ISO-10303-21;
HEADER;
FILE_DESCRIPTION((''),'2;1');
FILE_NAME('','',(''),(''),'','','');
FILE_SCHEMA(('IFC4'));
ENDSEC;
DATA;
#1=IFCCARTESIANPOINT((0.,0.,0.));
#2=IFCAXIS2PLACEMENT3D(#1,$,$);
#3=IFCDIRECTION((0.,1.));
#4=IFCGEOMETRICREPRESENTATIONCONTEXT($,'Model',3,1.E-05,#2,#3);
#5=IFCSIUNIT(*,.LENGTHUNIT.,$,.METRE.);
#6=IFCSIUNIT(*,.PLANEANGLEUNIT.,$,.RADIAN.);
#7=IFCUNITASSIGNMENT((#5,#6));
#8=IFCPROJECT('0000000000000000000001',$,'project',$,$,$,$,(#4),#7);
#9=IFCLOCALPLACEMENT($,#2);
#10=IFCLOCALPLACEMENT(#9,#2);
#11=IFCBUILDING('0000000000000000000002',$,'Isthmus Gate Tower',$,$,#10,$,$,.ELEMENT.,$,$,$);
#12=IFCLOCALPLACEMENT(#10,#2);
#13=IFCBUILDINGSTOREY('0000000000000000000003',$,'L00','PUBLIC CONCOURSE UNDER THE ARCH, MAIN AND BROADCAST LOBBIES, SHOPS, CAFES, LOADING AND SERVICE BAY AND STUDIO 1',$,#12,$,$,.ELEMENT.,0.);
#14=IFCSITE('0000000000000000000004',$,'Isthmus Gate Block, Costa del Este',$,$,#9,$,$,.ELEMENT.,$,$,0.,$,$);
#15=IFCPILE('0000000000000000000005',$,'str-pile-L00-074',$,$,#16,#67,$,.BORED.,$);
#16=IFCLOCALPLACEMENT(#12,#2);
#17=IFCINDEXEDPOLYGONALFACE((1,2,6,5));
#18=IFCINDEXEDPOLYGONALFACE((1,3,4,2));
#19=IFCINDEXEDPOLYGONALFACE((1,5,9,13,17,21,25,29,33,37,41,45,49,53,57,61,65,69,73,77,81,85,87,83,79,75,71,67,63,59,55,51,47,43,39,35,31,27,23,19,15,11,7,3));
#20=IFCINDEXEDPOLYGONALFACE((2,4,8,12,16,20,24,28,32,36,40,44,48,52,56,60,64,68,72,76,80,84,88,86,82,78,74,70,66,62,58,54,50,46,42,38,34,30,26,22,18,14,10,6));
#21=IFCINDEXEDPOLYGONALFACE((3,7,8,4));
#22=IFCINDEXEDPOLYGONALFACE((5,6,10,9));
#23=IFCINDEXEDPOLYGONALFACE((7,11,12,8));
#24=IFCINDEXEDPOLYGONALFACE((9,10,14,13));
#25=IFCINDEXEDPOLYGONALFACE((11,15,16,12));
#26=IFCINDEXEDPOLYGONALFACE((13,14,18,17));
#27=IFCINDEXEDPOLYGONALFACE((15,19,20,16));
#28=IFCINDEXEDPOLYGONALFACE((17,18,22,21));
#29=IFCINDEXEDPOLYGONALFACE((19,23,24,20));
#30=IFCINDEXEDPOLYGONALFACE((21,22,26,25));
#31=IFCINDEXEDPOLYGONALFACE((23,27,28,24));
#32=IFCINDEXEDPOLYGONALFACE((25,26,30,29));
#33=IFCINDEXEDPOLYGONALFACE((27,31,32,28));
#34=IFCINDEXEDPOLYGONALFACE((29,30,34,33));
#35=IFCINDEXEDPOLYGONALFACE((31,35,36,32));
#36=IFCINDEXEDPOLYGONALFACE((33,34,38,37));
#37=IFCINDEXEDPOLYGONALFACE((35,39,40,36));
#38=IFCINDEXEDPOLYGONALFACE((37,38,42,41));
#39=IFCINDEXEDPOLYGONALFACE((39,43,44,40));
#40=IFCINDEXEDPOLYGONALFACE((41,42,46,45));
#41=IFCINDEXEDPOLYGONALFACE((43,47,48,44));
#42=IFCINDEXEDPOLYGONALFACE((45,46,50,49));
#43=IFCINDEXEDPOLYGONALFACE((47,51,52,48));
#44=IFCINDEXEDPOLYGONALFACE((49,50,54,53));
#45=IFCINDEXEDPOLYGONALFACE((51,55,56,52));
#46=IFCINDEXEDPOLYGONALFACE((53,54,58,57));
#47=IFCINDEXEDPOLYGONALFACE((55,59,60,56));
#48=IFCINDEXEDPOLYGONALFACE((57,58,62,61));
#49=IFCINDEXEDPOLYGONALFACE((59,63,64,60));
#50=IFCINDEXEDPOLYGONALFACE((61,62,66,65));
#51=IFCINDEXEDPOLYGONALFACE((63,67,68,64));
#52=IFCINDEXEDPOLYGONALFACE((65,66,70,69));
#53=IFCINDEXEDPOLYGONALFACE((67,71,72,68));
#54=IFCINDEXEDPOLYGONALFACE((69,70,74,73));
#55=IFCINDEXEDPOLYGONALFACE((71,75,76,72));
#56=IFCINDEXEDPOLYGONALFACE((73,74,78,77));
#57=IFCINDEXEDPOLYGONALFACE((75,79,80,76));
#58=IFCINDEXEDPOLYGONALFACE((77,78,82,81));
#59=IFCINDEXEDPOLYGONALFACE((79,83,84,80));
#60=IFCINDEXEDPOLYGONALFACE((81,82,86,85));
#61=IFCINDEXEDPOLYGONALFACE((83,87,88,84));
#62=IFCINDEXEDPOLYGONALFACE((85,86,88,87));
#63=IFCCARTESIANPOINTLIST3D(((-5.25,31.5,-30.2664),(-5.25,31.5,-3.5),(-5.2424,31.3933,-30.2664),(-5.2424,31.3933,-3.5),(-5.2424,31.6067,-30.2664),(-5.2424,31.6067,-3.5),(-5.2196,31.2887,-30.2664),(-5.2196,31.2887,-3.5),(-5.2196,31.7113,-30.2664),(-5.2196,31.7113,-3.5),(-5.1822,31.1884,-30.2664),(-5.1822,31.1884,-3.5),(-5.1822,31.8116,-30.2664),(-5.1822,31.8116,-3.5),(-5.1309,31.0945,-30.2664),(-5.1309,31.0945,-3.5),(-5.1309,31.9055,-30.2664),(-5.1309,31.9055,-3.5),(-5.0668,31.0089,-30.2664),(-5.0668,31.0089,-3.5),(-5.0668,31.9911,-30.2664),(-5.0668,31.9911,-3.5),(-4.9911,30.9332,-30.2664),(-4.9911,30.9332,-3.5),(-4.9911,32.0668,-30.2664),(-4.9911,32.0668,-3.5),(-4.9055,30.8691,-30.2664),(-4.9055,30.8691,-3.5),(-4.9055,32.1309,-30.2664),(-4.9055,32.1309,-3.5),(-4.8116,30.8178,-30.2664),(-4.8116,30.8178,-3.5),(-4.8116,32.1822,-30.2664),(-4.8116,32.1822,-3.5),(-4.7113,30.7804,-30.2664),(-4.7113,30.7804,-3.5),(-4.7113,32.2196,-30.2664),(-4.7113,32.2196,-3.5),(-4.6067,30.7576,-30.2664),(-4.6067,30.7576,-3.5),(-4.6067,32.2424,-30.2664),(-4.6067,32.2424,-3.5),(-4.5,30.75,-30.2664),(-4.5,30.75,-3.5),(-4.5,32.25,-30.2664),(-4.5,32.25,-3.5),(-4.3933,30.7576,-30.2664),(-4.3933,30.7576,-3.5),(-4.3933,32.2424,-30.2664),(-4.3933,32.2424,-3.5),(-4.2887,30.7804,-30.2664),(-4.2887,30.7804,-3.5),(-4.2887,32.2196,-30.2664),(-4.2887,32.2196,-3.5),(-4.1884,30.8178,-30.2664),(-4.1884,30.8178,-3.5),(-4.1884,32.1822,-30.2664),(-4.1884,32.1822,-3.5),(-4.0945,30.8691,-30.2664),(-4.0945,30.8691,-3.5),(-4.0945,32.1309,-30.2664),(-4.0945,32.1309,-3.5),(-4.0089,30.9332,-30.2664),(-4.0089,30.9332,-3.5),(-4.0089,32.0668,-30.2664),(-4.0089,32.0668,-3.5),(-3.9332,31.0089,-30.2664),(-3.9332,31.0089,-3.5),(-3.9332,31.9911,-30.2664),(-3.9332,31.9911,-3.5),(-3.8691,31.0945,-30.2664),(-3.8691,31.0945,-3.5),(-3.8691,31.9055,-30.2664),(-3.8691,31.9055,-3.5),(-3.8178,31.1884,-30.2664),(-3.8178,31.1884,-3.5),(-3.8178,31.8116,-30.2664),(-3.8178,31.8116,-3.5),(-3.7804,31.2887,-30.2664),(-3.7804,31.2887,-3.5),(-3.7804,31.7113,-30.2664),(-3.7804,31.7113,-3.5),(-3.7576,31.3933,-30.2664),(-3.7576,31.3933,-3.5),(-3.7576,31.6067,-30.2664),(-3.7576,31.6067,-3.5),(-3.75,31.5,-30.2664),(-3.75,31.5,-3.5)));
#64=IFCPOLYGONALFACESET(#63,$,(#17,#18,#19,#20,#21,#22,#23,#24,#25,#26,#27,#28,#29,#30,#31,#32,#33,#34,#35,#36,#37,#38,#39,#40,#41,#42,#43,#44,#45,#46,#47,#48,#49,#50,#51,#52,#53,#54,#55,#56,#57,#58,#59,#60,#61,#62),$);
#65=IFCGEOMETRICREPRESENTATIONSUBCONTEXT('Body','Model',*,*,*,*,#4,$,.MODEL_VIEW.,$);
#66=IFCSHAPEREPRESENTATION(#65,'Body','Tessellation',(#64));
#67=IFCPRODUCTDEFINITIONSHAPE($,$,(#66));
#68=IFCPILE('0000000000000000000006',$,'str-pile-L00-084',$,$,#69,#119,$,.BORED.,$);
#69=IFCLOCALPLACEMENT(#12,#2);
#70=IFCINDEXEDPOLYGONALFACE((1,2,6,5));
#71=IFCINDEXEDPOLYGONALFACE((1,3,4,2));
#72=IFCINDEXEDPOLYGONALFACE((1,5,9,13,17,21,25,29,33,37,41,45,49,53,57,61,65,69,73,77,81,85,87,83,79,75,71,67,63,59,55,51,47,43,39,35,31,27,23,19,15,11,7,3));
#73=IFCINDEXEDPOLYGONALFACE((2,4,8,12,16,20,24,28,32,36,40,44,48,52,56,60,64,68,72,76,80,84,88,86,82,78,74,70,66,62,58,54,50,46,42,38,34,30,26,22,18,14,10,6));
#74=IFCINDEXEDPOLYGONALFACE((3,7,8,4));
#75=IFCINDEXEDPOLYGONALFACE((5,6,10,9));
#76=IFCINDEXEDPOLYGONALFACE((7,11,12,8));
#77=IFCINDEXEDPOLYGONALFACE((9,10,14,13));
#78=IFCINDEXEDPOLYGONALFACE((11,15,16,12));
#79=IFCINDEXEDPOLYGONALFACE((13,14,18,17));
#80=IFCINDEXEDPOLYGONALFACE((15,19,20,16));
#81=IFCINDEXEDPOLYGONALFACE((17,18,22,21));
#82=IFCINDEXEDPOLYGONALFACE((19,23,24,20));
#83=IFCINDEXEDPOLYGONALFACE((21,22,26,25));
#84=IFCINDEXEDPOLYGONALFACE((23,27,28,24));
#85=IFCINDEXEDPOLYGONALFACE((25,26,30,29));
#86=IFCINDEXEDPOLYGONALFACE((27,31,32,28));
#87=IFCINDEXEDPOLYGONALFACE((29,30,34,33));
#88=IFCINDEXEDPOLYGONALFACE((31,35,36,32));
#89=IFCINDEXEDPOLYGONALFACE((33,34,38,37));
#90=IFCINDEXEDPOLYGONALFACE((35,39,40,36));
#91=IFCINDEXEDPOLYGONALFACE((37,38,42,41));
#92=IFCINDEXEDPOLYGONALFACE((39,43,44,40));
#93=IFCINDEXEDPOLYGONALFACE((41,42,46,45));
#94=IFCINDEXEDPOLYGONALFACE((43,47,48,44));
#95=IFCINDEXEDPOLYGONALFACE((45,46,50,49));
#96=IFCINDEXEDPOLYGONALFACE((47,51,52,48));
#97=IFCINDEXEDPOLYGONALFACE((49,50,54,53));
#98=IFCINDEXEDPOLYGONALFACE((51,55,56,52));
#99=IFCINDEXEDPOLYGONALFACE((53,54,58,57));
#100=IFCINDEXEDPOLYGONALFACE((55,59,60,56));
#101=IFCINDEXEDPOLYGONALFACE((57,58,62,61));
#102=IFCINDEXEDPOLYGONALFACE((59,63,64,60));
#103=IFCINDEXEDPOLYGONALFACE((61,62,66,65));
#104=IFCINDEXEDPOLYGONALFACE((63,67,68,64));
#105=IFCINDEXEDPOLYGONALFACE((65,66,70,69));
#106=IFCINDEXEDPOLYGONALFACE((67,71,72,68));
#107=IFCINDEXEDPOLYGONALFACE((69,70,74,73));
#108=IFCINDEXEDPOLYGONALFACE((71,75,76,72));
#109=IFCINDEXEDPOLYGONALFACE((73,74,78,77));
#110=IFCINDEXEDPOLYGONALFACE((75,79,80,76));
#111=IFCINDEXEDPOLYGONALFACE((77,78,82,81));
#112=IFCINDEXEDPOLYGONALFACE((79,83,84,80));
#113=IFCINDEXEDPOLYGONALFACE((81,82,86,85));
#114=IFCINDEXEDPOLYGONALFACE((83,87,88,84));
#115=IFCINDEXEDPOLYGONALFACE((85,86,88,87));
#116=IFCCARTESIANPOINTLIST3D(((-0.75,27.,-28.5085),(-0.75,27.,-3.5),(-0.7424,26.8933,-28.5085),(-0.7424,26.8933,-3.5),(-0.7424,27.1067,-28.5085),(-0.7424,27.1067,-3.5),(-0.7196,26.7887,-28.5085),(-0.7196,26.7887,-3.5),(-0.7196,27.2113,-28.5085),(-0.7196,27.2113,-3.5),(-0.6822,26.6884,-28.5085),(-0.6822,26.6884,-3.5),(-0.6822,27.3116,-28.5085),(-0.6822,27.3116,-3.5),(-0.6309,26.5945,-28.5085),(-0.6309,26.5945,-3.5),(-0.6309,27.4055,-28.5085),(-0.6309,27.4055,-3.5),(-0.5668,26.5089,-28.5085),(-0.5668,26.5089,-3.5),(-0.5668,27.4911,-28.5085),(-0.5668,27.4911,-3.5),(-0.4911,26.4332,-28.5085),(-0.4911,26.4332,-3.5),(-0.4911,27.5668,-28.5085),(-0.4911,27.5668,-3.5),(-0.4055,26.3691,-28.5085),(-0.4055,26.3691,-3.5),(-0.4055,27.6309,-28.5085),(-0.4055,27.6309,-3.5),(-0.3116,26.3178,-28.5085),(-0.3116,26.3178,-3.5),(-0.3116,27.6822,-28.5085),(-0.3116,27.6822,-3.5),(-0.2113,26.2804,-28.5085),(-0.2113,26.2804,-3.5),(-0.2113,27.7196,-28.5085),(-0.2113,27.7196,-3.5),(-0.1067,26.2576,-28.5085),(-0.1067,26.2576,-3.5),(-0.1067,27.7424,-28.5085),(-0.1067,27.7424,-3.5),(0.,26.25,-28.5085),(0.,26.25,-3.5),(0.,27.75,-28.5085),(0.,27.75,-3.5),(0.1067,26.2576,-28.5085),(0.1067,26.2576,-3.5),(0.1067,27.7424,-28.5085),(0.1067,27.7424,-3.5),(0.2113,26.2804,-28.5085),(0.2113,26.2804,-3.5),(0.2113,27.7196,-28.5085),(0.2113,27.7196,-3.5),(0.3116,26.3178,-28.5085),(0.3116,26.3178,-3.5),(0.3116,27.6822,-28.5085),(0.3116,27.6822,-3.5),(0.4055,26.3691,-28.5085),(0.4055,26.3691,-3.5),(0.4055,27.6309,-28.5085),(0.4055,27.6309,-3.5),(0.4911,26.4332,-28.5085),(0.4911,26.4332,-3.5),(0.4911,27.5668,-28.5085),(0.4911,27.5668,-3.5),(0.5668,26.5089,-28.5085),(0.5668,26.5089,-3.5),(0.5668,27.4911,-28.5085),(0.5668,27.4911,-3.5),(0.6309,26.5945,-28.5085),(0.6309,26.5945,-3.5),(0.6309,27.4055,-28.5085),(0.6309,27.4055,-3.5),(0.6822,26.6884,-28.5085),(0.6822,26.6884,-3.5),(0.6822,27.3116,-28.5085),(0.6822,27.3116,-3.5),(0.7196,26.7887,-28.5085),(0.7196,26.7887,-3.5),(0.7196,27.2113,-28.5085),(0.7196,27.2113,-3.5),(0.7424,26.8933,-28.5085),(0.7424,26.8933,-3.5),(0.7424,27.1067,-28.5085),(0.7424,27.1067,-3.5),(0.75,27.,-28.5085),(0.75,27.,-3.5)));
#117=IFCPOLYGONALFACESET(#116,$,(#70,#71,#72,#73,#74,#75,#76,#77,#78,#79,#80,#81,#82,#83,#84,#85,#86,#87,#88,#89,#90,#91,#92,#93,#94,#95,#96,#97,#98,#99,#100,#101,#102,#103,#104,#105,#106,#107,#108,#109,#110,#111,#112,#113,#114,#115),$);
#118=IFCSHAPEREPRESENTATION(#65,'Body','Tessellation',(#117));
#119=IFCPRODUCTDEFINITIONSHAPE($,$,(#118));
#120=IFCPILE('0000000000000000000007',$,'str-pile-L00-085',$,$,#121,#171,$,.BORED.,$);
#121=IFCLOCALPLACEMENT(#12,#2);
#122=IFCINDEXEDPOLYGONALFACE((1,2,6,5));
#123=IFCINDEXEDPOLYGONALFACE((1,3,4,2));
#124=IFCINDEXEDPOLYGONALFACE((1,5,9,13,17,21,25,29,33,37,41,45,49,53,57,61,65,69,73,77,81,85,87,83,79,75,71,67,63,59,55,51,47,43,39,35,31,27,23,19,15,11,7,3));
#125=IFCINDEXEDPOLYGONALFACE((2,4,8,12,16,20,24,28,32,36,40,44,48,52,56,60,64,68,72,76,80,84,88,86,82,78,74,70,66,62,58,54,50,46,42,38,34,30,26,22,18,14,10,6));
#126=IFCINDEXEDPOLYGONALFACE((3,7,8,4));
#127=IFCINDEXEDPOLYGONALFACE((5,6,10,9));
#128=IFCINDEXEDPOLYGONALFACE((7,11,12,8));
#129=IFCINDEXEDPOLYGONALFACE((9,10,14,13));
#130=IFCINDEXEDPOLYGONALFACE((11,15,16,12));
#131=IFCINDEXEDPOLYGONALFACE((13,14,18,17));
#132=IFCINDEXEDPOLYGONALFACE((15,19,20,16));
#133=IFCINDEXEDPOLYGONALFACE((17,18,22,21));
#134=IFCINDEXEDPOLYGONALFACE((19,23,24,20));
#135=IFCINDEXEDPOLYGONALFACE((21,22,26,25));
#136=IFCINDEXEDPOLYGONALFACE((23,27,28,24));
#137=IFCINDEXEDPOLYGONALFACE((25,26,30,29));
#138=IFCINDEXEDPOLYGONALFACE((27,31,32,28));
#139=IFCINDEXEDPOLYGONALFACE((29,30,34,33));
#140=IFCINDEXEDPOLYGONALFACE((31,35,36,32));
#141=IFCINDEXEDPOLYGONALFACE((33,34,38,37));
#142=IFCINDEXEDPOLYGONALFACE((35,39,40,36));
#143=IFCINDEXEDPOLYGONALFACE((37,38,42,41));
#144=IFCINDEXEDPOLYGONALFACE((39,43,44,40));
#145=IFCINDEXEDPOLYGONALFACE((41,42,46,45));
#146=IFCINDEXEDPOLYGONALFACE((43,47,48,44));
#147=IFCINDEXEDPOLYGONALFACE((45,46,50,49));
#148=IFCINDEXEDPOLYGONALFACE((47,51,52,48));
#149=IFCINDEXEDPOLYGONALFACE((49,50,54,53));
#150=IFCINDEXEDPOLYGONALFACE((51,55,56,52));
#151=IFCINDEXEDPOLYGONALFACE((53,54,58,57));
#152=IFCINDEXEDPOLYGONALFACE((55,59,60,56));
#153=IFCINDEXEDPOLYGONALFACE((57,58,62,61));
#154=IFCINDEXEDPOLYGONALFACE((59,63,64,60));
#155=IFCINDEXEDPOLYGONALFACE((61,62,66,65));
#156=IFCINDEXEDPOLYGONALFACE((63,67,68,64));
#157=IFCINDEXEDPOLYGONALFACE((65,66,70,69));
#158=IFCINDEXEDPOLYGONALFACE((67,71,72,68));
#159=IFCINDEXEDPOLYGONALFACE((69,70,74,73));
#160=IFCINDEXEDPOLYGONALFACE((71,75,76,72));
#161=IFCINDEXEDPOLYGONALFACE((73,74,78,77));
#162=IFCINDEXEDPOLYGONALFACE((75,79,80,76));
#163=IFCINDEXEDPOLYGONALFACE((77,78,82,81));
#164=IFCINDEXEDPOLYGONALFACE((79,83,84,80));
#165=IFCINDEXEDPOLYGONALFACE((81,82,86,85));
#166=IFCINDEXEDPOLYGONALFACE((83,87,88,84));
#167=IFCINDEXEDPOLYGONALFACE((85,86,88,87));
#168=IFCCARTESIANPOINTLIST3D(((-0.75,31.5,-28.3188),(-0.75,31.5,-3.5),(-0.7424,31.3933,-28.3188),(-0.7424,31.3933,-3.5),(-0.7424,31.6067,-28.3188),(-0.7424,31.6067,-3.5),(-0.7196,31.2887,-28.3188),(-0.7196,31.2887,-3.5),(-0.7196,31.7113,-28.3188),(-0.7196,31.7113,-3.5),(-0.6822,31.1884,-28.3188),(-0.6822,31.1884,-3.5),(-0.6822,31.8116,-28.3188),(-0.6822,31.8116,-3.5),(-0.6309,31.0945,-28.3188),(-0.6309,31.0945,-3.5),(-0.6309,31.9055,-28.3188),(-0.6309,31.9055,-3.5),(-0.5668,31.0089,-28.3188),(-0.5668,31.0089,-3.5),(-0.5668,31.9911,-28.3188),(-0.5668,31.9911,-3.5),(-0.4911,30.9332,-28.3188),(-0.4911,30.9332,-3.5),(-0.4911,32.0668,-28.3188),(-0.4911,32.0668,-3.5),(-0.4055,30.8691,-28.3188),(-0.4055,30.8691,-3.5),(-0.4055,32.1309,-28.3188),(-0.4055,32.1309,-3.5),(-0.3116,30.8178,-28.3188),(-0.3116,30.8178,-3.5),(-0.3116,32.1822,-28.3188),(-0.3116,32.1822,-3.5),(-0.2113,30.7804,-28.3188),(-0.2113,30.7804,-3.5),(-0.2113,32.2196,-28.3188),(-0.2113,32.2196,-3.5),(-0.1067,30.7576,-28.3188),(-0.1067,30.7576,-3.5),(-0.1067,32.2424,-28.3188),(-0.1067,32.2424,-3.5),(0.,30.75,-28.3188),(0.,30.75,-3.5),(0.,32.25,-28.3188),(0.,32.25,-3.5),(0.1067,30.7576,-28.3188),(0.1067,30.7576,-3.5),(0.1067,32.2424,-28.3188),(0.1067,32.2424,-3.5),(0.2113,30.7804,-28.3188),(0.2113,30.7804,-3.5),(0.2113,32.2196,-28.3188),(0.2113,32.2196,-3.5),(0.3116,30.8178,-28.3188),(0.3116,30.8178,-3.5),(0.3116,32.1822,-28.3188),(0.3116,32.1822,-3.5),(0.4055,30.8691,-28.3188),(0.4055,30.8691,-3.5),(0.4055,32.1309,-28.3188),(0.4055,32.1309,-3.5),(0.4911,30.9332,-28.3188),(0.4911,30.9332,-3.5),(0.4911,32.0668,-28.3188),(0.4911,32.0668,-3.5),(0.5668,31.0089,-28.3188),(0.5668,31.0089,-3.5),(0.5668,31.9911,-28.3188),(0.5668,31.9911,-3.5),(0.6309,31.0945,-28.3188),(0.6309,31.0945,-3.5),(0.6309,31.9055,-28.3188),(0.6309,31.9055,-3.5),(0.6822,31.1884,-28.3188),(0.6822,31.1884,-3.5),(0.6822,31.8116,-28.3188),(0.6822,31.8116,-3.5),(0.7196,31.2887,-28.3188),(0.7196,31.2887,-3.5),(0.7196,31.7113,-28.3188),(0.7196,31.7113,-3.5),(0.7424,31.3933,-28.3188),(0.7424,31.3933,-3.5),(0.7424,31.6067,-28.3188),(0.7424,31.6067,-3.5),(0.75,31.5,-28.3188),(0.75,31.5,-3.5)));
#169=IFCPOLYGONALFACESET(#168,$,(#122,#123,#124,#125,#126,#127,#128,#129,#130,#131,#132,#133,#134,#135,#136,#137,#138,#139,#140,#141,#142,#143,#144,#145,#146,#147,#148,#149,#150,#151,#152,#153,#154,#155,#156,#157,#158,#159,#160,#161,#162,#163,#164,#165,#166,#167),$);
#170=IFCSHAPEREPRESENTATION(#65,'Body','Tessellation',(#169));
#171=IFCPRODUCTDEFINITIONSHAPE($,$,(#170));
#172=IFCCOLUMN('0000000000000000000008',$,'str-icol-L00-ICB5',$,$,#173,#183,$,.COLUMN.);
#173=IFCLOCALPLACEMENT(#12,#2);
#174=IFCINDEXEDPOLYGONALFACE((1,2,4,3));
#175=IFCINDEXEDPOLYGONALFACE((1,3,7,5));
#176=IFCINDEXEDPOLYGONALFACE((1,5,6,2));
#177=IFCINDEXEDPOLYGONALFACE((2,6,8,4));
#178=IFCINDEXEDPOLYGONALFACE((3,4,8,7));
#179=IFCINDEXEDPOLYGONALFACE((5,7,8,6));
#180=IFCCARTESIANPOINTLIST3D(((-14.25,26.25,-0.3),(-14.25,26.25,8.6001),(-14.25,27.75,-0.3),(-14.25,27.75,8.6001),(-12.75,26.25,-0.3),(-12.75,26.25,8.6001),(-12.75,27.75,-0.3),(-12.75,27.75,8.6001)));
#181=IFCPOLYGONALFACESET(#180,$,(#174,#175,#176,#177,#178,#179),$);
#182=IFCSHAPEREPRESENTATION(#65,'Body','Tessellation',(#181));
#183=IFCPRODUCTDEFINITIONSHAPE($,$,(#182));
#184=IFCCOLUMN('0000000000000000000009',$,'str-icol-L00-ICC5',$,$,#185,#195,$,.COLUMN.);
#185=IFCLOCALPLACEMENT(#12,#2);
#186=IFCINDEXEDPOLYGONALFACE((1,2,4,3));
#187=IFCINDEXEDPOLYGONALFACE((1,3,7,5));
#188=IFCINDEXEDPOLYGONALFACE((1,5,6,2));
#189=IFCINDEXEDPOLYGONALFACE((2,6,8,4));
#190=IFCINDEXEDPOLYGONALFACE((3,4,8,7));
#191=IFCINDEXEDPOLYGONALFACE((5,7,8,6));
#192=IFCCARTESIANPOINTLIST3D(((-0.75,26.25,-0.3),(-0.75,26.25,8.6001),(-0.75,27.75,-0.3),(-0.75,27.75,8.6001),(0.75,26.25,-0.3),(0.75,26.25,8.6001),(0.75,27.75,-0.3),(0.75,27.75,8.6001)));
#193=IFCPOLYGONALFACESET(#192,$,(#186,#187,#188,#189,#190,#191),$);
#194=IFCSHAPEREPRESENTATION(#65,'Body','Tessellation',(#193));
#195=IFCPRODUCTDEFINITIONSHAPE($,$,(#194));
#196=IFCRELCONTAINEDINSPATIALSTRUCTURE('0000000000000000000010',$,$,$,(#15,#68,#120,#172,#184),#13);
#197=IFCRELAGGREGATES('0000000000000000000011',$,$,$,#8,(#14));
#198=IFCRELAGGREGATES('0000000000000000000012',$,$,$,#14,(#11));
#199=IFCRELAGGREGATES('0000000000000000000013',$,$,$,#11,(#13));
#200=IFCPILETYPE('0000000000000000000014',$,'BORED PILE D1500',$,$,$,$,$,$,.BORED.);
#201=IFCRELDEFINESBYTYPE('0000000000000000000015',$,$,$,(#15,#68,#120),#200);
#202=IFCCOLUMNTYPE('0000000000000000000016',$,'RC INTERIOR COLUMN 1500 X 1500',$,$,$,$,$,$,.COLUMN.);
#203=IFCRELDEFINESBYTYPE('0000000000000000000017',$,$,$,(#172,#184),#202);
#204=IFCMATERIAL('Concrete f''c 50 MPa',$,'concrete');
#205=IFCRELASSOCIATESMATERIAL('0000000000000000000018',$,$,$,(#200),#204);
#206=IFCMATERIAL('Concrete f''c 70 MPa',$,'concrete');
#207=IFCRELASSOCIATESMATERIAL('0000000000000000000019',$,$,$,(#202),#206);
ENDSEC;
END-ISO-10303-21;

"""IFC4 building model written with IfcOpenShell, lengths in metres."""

from ifc_helpers import new_model, si_unit, direction, frame, origin, origin_2d, place, context, subcontext, project, spatial, rectangle, circle, extrude, material, material_profile, profile_set, type_object, element, save


model = new_model("IFC4")

# Units and contexts
model_context = context("Model", 3, precision=1e-05, world=origin(), true_north=direction((0.0, 1.0)))
body_context = subcontext(model_context, "Body", "Model", "MODEL_VIEW")
ifc_project = project(units=[si_unit("LENGTHUNIT", "METRE"), si_unit("PLANEANGLEUNIT", "RADIAN")], contexts=[model_context])

# Site, building, storey
site_placement = place(None, origin())
site = spatial("IfcSite", under=ifc_project, at=site_placement, Name="Isthmus Gate Block, Costa del Este", CompositionType="ELEMENT", RefElevation=0.0)
building_placement = place(site_placement, origin())
building = spatial("IfcBuilding", under=site, at=building_placement, Name="Isthmus Gate Tower", CompositionType="ELEMENT")
storey_placement = place(building_placement, origin())
storey = spatial("IfcBuildingStorey", under=building, at=storey_placement, Name="L00", Description="PUBLIC CONCOURSE UNDER THE ARCH, MAIN AND BROADCAST LOBBIES, SHOPS, CAFES, LOADING AND SERVICE BAY AND STUDIO 1", CompositionType="ELEMENT", Elevation=0.0)

# Piles
ifc_material_1 = material(Name="Concrete f'c 50 MPa", Category="concrete")
ifc_material_profile_1 = material_profile(ifc_material_1, circle(Radius=0.75, at=origin_2d()), Name="D1500")
ifc_profile_set_1 = profile_set([ifc_material_profile_1], Name="Concrete f'c 50 MPa")
pile_type_1 = type_object("IfcPileType", Name="BORED PILE D1500", PredefinedType="BORED", material=ifc_profile_set_1)
pile_1_placement = place(storey_placement, frame((-4.5, 31.5, -3.5), z_axis=(0.0, 0.0, -1.0), x_axis=(1.0, 0.0, 0.0)))
element("IfcPile", 1, at=pile_1_placement, inside=storey, type_object=pile_type_1, Name="str-pile-L00-074", PredefinedType="BORED", context=body_context, shape_type="SweptSolid", body=[
    extrude(circle(Radius=0.75, at=origin_2d()), origin(), (0.0, 0.0, 1.0), 26.7664),
])
pile_2_placement = place(storey_placement, frame((0.0, 27.0, -3.5), z_axis=(0.0, 0.0, -1.0), x_axis=(1.0, 0.0, 0.0)))
element("IfcPile", 2, at=pile_2_placement, inside=storey, type_object=pile_type_1, Name="str-pile-L00-084", PredefinedType="BORED", context=body_context, shape_type="SweptSolid", body=[
    extrude(circle(Radius=0.75, at=origin_2d()), origin(), (0.0, 0.0, 1.0), 25.0085),
])
pile_3_placement = place(storey_placement, frame((0.0, 31.5, -3.5), z_axis=(0.0, 0.0, -1.0), x_axis=(1.0, 0.0, 0.0)))
element("IfcPile", 3, at=pile_3_placement, inside=storey, type_object=pile_type_1, Name="str-pile-L00-085", PredefinedType="BORED", context=body_context, shape_type="SweptSolid", body=[
    extrude(circle(Radius=0.75, at=origin_2d()), origin(), (0.0, 0.0, 1.0), 24.8188),
])

# Columns
ifc_material_2 = material(Name="Concrete f'c 70 MPa", Category="concrete")
ifc_material_profile_2 = material_profile(ifc_material_2, rectangle(XDim=1.5, YDim=1.5, at=origin_2d()), Name="RC 1500X1500")
ifc_profile_set_2 = profile_set([ifc_material_profile_2], Name="Concrete f'c 70 MPa")
column_type_1 = type_object("IfcColumnType", Name="RC INTERIOR COLUMN 1500 X 1500", PredefinedType="COLUMN", material=ifc_profile_set_2)
for number, where, z_axis, x_axis, name in (
    (4, (-13.5, 27.0, -0.3), (0.0, 0.0, 1.0), (1.0, 0.0, 0.0), "str-icol-L00-ICB5"),
    (5, (0.0, 27.0, -0.3), (0.0, 0.0, 1.0), (1.0, 0.0, 0.0), "str-icol-L00-ICC5"),
):
    element("IfcColumn", number, at=place(storey_placement, frame(where, z_axis=z_axis, x_axis=x_axis)), inside=storey, type_object=column_type_1, Name=name, PredefinedType="COLUMN", context=body_context, shape_type="SweptSolid", body=[
        extrude(rectangle(XDim=1.5, YDim=1.5, at=origin_2d()), origin(), (0.0, 0.0, 1.0), 8.9001),
    ])

save(model, "model.ifc")
